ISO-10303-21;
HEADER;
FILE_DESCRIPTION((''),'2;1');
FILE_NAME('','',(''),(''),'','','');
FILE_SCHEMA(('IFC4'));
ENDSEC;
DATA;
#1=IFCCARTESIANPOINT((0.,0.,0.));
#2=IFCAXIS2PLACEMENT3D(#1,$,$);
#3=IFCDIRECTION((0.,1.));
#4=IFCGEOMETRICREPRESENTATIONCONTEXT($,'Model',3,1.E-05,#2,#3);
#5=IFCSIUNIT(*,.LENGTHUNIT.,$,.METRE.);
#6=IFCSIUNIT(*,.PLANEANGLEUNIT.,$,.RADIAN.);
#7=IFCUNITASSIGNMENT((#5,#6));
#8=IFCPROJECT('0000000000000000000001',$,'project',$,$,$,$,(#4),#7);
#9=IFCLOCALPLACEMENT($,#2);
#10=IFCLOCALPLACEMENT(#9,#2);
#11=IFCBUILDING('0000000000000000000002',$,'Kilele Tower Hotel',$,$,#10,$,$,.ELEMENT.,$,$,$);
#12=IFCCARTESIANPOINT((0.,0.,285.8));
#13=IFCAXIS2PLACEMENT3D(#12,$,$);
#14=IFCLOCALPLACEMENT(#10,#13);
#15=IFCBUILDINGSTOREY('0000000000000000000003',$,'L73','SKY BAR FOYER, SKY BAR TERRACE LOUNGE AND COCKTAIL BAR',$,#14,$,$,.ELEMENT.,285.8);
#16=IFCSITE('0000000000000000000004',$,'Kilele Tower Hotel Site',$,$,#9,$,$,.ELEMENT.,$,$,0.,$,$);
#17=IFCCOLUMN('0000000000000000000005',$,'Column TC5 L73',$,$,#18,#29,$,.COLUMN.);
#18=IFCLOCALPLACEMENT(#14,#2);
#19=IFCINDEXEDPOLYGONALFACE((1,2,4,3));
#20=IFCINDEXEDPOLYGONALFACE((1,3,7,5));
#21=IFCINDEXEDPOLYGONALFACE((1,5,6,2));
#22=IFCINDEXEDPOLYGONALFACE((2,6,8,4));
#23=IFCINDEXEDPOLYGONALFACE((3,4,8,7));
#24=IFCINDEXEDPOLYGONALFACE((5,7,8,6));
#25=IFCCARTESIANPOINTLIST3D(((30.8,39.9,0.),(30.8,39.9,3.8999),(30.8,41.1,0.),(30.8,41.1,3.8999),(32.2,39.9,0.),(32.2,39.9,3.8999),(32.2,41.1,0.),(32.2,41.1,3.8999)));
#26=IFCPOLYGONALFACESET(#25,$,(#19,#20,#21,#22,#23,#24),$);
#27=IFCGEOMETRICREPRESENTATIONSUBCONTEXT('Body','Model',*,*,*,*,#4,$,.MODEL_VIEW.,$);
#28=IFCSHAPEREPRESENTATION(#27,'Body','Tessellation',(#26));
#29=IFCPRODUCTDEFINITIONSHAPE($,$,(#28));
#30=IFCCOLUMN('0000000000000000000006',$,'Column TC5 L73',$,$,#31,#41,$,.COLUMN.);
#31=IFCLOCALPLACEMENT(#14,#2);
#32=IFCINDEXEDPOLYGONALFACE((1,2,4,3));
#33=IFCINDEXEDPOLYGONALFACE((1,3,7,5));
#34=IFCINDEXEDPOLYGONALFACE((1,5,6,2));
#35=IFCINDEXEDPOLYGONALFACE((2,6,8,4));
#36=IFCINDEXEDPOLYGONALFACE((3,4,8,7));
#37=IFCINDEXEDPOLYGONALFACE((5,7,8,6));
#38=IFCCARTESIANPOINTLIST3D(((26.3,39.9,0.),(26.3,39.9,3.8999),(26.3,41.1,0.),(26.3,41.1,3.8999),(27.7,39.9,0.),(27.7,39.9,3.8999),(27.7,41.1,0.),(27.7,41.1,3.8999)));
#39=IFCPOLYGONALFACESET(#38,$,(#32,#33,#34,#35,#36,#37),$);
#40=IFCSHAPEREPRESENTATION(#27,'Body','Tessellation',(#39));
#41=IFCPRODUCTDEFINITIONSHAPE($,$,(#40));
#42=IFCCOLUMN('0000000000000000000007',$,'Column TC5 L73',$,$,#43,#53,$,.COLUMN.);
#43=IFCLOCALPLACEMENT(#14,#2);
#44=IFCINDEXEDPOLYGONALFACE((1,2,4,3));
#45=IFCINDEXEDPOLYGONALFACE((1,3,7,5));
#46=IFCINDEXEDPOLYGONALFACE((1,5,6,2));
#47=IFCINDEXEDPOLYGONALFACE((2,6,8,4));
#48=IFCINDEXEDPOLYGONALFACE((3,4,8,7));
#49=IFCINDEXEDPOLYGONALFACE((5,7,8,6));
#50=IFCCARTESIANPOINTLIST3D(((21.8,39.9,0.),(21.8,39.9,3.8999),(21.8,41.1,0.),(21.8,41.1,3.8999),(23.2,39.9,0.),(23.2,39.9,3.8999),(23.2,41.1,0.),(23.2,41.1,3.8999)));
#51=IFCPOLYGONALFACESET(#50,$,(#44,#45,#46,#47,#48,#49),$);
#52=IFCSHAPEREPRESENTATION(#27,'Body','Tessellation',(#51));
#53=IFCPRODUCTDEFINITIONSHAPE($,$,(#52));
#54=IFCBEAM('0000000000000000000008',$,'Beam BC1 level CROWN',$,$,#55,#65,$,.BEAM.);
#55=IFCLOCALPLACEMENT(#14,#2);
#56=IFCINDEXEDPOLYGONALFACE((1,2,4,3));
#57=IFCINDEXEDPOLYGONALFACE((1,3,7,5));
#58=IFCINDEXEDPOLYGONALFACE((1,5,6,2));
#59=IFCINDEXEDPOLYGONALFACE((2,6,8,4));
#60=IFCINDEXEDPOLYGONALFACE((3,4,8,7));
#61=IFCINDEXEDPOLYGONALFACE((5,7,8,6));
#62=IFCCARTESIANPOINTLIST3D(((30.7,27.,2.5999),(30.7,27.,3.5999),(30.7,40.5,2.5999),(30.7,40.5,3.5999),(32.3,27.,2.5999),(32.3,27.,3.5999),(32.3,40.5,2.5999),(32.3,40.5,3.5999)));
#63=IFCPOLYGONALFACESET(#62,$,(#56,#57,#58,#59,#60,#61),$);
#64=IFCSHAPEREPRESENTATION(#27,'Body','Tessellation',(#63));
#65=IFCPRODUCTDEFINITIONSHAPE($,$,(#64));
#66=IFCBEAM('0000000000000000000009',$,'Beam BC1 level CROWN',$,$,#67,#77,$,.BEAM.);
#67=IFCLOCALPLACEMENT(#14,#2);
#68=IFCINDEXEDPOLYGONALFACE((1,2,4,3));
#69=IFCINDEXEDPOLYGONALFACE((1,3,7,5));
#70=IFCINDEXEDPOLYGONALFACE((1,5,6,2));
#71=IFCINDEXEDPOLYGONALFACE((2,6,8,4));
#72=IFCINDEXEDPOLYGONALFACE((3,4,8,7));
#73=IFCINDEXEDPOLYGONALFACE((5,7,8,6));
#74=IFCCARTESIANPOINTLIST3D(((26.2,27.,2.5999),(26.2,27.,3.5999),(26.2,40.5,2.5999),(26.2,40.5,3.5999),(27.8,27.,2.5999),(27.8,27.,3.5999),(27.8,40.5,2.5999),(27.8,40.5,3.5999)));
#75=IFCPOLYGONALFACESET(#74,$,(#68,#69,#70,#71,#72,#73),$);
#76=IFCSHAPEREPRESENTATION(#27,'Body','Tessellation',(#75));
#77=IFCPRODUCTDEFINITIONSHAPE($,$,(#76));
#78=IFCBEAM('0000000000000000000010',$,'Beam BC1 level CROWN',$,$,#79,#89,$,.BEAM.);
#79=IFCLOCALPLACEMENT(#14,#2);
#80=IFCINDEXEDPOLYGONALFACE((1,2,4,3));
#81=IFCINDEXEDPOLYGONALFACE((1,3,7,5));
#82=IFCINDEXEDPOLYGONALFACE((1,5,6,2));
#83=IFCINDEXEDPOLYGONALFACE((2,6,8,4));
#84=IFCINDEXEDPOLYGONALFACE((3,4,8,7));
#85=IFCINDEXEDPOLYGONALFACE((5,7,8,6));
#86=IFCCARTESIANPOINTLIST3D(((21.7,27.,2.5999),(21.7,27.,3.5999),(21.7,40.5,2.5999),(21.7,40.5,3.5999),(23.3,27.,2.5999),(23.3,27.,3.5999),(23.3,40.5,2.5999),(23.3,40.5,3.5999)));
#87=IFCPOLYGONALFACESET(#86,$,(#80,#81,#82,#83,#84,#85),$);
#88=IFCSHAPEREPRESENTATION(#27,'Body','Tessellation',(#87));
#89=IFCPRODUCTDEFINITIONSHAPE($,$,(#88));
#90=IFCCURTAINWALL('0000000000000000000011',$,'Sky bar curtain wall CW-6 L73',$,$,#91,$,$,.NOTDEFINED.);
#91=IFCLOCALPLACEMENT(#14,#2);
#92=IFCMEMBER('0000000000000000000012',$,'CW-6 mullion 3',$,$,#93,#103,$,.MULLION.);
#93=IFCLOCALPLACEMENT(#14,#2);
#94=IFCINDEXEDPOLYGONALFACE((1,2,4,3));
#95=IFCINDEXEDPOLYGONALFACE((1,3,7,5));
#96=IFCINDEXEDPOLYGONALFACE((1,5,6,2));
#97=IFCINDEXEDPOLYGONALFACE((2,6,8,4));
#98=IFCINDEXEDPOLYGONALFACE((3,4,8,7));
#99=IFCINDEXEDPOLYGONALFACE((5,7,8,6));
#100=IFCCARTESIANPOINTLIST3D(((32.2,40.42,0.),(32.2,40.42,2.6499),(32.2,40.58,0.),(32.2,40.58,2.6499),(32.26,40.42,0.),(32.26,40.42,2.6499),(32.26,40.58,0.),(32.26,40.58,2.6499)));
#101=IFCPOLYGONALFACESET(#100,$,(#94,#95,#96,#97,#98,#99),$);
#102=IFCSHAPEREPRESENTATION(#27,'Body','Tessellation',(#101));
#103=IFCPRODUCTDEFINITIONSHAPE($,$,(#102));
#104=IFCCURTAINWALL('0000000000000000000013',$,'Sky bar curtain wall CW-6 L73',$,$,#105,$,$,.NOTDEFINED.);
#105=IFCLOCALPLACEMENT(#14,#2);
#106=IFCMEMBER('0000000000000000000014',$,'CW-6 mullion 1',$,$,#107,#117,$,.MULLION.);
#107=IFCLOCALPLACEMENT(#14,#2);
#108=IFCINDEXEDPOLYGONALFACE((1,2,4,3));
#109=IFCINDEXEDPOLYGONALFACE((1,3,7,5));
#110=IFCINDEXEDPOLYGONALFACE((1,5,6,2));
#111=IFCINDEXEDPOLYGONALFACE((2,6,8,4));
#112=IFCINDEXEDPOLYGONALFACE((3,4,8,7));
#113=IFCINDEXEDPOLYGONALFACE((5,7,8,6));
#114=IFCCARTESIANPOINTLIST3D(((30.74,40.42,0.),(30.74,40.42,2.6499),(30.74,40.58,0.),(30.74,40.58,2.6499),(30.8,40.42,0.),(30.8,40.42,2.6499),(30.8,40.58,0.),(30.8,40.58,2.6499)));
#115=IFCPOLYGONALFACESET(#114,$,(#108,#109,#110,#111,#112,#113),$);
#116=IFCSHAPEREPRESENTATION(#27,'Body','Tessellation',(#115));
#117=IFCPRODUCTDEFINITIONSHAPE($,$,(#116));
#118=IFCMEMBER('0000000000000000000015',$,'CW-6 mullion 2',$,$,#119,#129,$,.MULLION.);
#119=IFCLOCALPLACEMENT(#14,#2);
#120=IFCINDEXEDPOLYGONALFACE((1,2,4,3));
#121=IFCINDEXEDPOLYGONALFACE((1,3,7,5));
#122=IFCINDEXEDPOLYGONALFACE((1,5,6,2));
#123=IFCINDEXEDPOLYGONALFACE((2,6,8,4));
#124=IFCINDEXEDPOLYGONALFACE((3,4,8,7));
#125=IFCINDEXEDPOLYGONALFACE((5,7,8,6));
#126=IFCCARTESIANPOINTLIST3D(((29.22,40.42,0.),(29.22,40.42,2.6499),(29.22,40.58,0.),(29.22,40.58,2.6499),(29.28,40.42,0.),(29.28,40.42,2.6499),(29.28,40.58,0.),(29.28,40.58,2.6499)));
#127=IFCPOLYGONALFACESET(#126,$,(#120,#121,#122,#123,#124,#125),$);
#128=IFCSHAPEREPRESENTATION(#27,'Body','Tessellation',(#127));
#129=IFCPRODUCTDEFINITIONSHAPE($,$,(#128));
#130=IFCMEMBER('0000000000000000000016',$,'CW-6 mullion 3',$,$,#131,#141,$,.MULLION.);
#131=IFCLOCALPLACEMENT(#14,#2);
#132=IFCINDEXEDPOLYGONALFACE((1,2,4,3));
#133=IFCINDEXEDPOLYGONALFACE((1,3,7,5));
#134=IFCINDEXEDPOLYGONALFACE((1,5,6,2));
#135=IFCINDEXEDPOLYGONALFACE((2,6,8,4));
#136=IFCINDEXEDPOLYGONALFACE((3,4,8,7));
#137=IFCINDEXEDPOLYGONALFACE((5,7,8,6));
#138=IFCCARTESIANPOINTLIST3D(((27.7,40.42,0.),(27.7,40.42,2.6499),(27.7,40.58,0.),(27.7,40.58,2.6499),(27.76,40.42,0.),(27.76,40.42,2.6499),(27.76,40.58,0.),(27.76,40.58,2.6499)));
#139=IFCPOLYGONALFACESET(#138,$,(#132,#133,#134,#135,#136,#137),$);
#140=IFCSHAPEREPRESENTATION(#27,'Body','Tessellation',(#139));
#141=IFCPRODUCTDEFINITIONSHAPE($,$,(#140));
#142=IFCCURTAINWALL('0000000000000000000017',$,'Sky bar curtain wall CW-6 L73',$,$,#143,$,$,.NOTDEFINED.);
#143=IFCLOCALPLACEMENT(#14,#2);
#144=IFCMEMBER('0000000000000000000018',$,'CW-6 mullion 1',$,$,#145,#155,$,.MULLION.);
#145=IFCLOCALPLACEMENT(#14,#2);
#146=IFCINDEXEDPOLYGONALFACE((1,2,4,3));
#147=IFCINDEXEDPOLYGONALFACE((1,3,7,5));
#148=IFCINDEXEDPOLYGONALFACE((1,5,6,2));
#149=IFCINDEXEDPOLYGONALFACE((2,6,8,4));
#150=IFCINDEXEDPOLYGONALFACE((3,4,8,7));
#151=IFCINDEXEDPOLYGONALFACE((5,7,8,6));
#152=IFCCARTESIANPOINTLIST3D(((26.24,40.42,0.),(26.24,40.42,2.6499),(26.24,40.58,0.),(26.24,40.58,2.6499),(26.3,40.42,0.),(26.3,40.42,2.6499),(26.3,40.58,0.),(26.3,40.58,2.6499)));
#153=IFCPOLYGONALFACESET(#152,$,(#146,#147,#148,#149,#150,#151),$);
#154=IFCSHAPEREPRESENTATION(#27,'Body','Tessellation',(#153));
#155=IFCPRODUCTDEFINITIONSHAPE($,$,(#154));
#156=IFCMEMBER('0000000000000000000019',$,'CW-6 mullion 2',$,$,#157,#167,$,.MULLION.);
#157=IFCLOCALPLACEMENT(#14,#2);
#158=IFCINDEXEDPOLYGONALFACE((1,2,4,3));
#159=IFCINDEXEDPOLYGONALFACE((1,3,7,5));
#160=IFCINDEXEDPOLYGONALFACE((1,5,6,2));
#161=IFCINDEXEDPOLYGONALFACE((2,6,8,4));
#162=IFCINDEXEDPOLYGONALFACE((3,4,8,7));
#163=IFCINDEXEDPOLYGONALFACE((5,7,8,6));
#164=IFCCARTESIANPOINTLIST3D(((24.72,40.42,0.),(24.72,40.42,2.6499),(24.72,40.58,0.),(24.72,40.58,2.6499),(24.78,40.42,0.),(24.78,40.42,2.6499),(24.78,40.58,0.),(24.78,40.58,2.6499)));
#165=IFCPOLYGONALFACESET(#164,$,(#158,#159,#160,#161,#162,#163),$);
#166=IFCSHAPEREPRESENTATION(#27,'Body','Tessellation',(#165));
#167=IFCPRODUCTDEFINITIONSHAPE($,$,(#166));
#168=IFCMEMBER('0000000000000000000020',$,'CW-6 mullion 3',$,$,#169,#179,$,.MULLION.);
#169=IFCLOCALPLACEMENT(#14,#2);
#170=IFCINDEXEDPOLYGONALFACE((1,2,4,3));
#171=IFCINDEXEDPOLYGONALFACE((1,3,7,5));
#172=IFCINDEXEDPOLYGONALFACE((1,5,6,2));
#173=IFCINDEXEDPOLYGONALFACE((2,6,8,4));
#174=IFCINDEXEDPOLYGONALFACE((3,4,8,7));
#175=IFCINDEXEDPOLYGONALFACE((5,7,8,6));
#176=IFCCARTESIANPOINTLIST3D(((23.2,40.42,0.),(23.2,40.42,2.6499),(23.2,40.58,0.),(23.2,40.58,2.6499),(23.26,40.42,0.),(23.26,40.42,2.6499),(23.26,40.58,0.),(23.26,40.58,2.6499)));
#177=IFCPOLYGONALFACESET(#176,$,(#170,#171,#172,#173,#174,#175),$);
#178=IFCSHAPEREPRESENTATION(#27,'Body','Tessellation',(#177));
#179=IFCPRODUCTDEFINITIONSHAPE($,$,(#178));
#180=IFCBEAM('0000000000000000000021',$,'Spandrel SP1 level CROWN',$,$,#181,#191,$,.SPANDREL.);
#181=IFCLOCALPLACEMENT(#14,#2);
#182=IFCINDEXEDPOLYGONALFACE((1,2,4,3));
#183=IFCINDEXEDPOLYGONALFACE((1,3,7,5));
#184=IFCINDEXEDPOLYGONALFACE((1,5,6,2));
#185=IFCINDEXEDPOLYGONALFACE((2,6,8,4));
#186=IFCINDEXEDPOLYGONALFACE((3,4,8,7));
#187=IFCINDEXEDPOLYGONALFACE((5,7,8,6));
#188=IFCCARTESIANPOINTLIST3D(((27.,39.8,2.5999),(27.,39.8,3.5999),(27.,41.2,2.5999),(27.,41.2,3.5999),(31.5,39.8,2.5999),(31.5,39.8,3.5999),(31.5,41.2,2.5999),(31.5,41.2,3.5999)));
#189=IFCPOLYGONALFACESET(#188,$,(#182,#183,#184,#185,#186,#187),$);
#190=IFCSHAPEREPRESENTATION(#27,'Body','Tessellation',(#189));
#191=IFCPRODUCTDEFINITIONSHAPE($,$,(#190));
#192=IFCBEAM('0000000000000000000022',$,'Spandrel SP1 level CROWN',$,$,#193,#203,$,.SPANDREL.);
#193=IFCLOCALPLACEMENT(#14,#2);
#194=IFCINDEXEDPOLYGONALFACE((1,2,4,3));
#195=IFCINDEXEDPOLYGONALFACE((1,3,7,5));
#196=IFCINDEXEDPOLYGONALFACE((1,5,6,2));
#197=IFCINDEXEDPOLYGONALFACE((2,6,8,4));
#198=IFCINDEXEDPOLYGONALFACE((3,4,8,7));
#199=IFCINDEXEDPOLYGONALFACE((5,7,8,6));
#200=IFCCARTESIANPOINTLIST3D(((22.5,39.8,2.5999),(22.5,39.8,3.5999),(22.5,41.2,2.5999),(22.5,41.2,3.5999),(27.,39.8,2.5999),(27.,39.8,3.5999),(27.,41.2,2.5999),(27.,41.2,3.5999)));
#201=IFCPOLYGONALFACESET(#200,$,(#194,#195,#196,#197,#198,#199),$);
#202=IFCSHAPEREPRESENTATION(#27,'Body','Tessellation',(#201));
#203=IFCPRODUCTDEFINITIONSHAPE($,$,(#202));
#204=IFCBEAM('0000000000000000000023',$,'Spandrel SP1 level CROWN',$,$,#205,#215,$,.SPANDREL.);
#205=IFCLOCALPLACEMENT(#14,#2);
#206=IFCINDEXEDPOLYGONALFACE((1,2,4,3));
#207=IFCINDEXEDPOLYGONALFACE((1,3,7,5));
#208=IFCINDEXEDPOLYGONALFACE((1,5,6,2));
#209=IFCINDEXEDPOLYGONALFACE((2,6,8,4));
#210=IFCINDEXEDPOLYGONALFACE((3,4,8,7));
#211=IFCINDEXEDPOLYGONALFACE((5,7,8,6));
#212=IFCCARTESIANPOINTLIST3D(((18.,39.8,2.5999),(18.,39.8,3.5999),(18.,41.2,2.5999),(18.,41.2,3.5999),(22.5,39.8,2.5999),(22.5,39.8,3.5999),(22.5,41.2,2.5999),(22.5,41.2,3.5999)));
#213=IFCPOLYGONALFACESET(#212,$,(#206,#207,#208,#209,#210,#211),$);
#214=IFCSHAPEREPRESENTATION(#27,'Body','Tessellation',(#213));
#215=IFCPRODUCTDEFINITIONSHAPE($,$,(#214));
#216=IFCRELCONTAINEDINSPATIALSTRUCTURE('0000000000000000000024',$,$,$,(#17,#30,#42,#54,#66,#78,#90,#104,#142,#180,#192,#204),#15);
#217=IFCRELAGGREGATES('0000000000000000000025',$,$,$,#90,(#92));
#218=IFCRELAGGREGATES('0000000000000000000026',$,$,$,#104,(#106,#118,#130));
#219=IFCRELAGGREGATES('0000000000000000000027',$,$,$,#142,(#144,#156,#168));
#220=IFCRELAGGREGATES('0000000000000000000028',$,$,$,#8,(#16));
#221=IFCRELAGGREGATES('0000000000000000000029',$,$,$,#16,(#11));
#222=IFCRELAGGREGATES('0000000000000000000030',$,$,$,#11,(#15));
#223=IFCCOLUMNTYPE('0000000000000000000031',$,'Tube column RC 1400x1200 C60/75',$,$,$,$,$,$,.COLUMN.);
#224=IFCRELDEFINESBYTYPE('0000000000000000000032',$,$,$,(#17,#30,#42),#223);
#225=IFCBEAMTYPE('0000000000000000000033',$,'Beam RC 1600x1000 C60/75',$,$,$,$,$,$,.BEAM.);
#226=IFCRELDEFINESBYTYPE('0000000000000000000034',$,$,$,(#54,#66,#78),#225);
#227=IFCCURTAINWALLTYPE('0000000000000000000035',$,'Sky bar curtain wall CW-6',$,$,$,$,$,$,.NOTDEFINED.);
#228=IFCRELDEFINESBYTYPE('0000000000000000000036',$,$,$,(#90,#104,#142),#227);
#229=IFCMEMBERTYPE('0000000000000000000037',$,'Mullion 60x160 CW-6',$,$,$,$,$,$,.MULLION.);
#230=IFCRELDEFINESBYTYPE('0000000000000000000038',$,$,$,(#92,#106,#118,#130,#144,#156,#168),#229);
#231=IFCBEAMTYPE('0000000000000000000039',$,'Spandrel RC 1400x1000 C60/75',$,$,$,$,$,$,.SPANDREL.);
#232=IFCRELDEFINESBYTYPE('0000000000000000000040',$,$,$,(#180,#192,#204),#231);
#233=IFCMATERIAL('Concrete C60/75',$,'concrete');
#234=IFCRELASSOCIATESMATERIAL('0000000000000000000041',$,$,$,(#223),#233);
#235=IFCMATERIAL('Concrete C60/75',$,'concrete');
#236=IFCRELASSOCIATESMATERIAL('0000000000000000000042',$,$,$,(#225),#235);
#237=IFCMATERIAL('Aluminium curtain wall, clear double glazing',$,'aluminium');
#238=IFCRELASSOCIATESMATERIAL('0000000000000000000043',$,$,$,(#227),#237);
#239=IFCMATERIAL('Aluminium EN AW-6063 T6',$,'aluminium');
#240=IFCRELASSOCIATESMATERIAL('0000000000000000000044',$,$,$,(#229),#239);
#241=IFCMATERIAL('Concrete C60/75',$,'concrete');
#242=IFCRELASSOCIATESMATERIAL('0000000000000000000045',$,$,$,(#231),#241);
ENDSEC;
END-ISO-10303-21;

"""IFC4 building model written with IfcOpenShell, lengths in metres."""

from ifc_helpers import new_model, si_unit, direction, frame, origin, origin_2d, place, context, subcontext, project, spatial, rectangle, extrude, material, material_profile, profile_set, type_object, element, aggregate, save


model = new_model("IFC4")

# Units and contexts
model_context = context("Model", 3, precision=1e-05, world=origin(), true_north=direction((0.0, 1.0)))
body_context = subcontext(model_context, "Body", "Model", "MODEL_VIEW")
ifc_project = project(units=[si_unit("LENGTHUNIT", "METRE"), si_unit("PLANEANGLEUNIT", "RADIAN")], contexts=[model_context])

# Site, building, storey
site_placement = place(None, origin())
site = spatial("IfcSite", under=ifc_project, at=site_placement, Name="Kilele Tower Hotel Site", CompositionType="ELEMENT", RefElevation=0.0)
building_placement = place(site_placement, origin())
building = spatial("IfcBuilding", under=site, at=building_placement, Name="Kilele Tower Hotel", CompositionType="ELEMENT")
storey_placement = place(building_placement, frame((0.0, 0.0, 285.8)))
storey = spatial("IfcBuildingStorey", under=building, at=storey_placement, Name="L73", Description="SKY BAR FOYER, SKY BAR TERRACE LOUNGE AND COCKTAIL BAR", CompositionType="ELEMENT", Elevation=285.8)

# Columns
ifc_material_1 = material(Name="Concrete C60/75", Category="concrete")
ifc_material_profile_1 = material_profile(ifc_material_1, rectangle(XDim=1.3999, YDim=1.2, at=origin_2d()))
ifc_profile_set_1 = profile_set([ifc_material_profile_1], Name="Concrete C60/75")
column_type = type_object("IfcColumnType", Name="Tube column RC 1400x1200 C60/75", PredefinedType="COLUMN", material=ifc_profile_set_1)
for number, where, z_axis, x_axis, name in (
    (1, (31.5, 40.5, 0.0), (0.0, 0.0, 1.0), (1.0, 0.0, 0.0), "Column TC5 L73"),
    (2, (27.0, 40.5, 0.0), (0.0, 0.0, 1.0), (1.0, 0.0, 0.0), "Column TC5 L73"),
    (3, (22.5, 40.5, 0.0), (0.0, 0.0, 1.0), (1.0, 0.0, 0.0), "Column TC5 L73"),
):
    element("IfcColumn", number, at=place(storey_placement, frame(where, z_axis=z_axis, x_axis=x_axis)), inside=storey, type_object=column_type, Name=name, PredefinedType="COLUMN", context=body_context, shape_type="SweptSolid", body=[
        extrude(rectangle(XDim=1.3999, YDim=1.2, at=origin_2d()), origin(), (0.0, 0.0, 1.0), 3.8999),
    ])

# Beams
ifc_material_2 = material(Name="Concrete C60/75", Category="concrete")
ifc_material_profile_2 = material_profile(ifc_material_2, rectangle(XDim=1.6001, YDim=1.0, at=origin_2d()))
ifc_profile_set_2 = profile_set([ifc_material_profile_2], Name="Concrete C60/75")
beam_type_1 = type_object("IfcBeamType", Name="Beam RC 1600x1000 C60/75", PredefinedType="BEAM", material=ifc_profile_set_2)
for number, where, z_axis, x_axis, name in (
    (4, (31.5, 40.5, 3.0999), (0.0, -1.0, 0.0), (1.0, 0.0, 0.0), "Beam BC1 level CROWN"),
    (5, (27.0, 40.5, 3.0999), (0.0, -1.0, 0.0), (1.0, 0.0, 0.0), "Beam BC1 level CROWN"),
    (6, (22.5, 40.5, 3.0999), (0.0, -1.0, 0.0), (1.0, 0.0, 0.0), "Beam BC1 level CROWN"),
):
    element("IfcBeam", number, at=place(storey_placement, frame(where, z_axis=z_axis, x_axis=x_axis)), inside=storey, type_object=beam_type_1, Name=name, PredefinedType="BEAM", context=body_context, shape_type="SweptSolid", body=[
        extrude(rectangle(XDim=1.6001, YDim=1.0, at=origin_2d()), origin(), (0.0, 0.0, 1.0), 13.5),
    ])

# Curtain wall, member
ifc_material_3 = material(Name="Aluminium curtain wall, clear double glazing", Category="aluminium")
curtain_wall_type = type_object("IfcCurtainWallType", Name="Sky bar curtain wall CW-6", PredefinedType="NOTDEFINED", material=ifc_material_3)
curtain_wall_1_placement = place(storey_placement, origin())
curtain_wall_1 = element("IfcCurtainWall", 7, at=curtain_wall_1_placement, inside=storey, type_object=curtain_wall_type, Name="Sky bar curtain wall CW-6 L73", PredefinedType="NOTDEFINED")
ifc_material_4 = material(Name="Aluminium EN AW-6063 T6", Category="aluminium")
ifc_material_profile_3 = material_profile(ifc_material_4, rectangle(XDim=0.1599, YDim=0.0601, at=origin_2d()))
ifc_profile_set_3 = profile_set([ifc_material_profile_3], Name="Aluminium EN AW-6063 T6")
member_type_1 = type_object("IfcMemberType", Name="Mullion 60x160 CW-6", PredefinedType="MULLION", material=ifc_profile_set_3)
member_1_placement = place(storey_placement, frame((32.23, 40.5, 0.0), z_axis=(0.0, 0.0, 1.0), x_axis=(0.0, -1.0, 0.0)))
member_1 = element("IfcMember", 8, at=member_1_placement, type_object=member_type_1, Name="CW-6 mullion 3", PredefinedType="MULLION", context=body_context, shape_type="SweptSolid", body=[
    extrude(rectangle(XDim=0.1599, YDim=0.0601, at=origin_2d()), origin(), (0.0, 0.0, 1.0), 2.6499),
])
aggregate(curtain_wall_1, [member_1])

# Curtain walls, members
curtain_wall_2_placement = place(storey_placement, origin())
curtain_wall_2 = element("IfcCurtainWall", 9, at=curtain_wall_2_placement, inside=storey, type_object=curtain_wall_type, Name="Sky bar curtain wall CW-6 L73", PredefinedType="NOTDEFINED")
member_2_placement = place(storey_placement, frame((30.77, 40.5, 0.0), z_axis=(0.0, 0.0, 1.0), x_axis=(0.0, -1.0, 0.0)))
member_2 = element("IfcMember", 10, at=member_2_placement, type_object=member_type_1, Name="CW-6 mullion 1", PredefinedType="MULLION", context=body_context, shape_type="SweptSolid", body=[
    extrude(rectangle(XDim=0.1599, YDim=0.0601, at=origin_2d()), origin(), (0.0, 0.0, 1.0), 2.6499),
])
member_3_placement = place(storey_placement, frame((29.25, 40.5, 0.0), z_axis=(0.0, 0.0, 1.0), x_axis=(0.0, -1.0, 0.0)))
member_3 = element("IfcMember", 11, at=member_3_placement, type_object=member_type_1, Name="CW-6 mullion 2", PredefinedType="MULLION", context=body_context, shape_type="SweptSolid", body=[
    extrude(rectangle(XDim=0.1599, YDim=0.0601, at=origin_2d()), origin(), (0.0, 0.0, 1.0), 2.6499),
])
member_4_placement = place(storey_placement, frame((27.73, 40.5, 0.0), z_axis=(0.0, 0.0, 1.0), x_axis=(0.0, -1.0, 0.0)))
member_4 = element("IfcMember", 12, at=member_4_placement, type_object=member_type_1, Name="CW-6 mullion 3", PredefinedType="MULLION", context=body_context, shape_type="SweptSolid", body=[
    extrude(rectangle(XDim=0.1599, YDim=0.0601, at=origin_2d()), origin(), (0.0, 0.0, 1.0), 2.6499),
])
curtain_wall_3_placement = place(storey_placement, origin())
curtain_wall_3 = element("IfcCurtainWall", 13, at=curtain_wall_3_placement, inside=storey, type_object=curtain_wall_type, Name="Sky bar curtain wall CW-6 L73", PredefinedType="NOTDEFINED")
member_5_placement = place(storey_placement, frame((26.27, 40.5, 0.0), z_axis=(0.0, 0.0, 1.0), x_axis=(0.0, -1.0, 0.0)))
member_5 = element("IfcMember", 14, at=member_5_placement, type_object=member_type_1, Name="CW-6 mullion 1", PredefinedType="MULLION", context=body_context, shape_type="SweptSolid", body=[
    extrude(rectangle(XDim=0.1599, YDim=0.0601, at=origin_2d()), origin(), (0.0, 0.0, 1.0), 2.6499),
])
member_6_placement = place(storey_placement, frame((24.75, 40.5, 0.0), z_axis=(0.0, 0.0, 1.0), x_axis=(0.0, -1.0, 0.0)))
member_6 = element("IfcMember", 15, at=member_6_placement, type_object=member_type_1, Name="CW-6 mullion 2", PredefinedType="MULLION", context=body_context, shape_type="SweptSolid", body=[
    extrude(rectangle(XDim=0.1599, YDim=0.0601, at=origin_2d()), origin(), (0.0, 0.0, 1.0), 2.6499),
])
member_7_placement = place(storey_placement, frame((23.23, 40.5, 0.0), z_axis=(0.0, 0.0, 1.0), x_axis=(0.0, -1.0, 0.0)))
member_7 = element("IfcMember", 16, at=member_7_placement, type_object=member_type_1, Name="CW-6 mullion 3", PredefinedType="MULLION", context=body_context, shape_type="SweptSolid", body=[
    extrude(rectangle(XDim=0.1599, YDim=0.0601, at=origin_2d()), origin(), (0.0, 0.0, 1.0), 2.6499),
])

# Beams
ifc_material_5 = material(Name="Concrete C60/75", Category="concrete")
ifc_material_profile_4 = material_profile(ifc_material_5, rectangle(XDim=1.3999, YDim=1.0, at=origin_2d()))
ifc_profile_set_4 = profile_set([ifc_material_profile_4], Name="Concrete C60/75")
beam_type_2 = type_object("IfcBeamType", Name="Spandrel RC 1400x1000 C60/75", PredefinedType="SPANDREL", material=ifc_profile_set_4)
for number, where, z_axis, x_axis, name in (
    (17, (31.5, 40.5, 3.0999), (-1.0, 0.0, 0.0), (0.0, -1.0, 0.0), "Spandrel SP1 level CROWN"),
    (18, (27.0, 40.5, 3.0999), (-1.0, 0.0, 0.0), (0.0, -1.0, 0.0), "Spandrel SP1 level CROWN"),
    (19, (22.5, 40.5, 3.0999), (-1.0, 0.0, 0.0), (0.0, -1.0, 0.0), "Spandrel SP1 level CROWN"),
):
    element("IfcBeam", number, at=place(storey_placement, frame(where, z_axis=z_axis, x_axis=x_axis)), inside=storey, type_object=beam_type_2, Name=name, PredefinedType="SPANDREL", context=body_context, shape_type="SweptSolid", body=[
        extrude(rectangle(XDim=1.3999, YDim=1.0, at=origin_2d()), origin(), (0.0, 0.0, 1.0), 4.5),
    ])

aggregate(curtain_wall_2, [member_2, member_3, member_4])
aggregate(curtain_wall_3, [member_5, member_6, member_7])

save(model, "model.ifc")
